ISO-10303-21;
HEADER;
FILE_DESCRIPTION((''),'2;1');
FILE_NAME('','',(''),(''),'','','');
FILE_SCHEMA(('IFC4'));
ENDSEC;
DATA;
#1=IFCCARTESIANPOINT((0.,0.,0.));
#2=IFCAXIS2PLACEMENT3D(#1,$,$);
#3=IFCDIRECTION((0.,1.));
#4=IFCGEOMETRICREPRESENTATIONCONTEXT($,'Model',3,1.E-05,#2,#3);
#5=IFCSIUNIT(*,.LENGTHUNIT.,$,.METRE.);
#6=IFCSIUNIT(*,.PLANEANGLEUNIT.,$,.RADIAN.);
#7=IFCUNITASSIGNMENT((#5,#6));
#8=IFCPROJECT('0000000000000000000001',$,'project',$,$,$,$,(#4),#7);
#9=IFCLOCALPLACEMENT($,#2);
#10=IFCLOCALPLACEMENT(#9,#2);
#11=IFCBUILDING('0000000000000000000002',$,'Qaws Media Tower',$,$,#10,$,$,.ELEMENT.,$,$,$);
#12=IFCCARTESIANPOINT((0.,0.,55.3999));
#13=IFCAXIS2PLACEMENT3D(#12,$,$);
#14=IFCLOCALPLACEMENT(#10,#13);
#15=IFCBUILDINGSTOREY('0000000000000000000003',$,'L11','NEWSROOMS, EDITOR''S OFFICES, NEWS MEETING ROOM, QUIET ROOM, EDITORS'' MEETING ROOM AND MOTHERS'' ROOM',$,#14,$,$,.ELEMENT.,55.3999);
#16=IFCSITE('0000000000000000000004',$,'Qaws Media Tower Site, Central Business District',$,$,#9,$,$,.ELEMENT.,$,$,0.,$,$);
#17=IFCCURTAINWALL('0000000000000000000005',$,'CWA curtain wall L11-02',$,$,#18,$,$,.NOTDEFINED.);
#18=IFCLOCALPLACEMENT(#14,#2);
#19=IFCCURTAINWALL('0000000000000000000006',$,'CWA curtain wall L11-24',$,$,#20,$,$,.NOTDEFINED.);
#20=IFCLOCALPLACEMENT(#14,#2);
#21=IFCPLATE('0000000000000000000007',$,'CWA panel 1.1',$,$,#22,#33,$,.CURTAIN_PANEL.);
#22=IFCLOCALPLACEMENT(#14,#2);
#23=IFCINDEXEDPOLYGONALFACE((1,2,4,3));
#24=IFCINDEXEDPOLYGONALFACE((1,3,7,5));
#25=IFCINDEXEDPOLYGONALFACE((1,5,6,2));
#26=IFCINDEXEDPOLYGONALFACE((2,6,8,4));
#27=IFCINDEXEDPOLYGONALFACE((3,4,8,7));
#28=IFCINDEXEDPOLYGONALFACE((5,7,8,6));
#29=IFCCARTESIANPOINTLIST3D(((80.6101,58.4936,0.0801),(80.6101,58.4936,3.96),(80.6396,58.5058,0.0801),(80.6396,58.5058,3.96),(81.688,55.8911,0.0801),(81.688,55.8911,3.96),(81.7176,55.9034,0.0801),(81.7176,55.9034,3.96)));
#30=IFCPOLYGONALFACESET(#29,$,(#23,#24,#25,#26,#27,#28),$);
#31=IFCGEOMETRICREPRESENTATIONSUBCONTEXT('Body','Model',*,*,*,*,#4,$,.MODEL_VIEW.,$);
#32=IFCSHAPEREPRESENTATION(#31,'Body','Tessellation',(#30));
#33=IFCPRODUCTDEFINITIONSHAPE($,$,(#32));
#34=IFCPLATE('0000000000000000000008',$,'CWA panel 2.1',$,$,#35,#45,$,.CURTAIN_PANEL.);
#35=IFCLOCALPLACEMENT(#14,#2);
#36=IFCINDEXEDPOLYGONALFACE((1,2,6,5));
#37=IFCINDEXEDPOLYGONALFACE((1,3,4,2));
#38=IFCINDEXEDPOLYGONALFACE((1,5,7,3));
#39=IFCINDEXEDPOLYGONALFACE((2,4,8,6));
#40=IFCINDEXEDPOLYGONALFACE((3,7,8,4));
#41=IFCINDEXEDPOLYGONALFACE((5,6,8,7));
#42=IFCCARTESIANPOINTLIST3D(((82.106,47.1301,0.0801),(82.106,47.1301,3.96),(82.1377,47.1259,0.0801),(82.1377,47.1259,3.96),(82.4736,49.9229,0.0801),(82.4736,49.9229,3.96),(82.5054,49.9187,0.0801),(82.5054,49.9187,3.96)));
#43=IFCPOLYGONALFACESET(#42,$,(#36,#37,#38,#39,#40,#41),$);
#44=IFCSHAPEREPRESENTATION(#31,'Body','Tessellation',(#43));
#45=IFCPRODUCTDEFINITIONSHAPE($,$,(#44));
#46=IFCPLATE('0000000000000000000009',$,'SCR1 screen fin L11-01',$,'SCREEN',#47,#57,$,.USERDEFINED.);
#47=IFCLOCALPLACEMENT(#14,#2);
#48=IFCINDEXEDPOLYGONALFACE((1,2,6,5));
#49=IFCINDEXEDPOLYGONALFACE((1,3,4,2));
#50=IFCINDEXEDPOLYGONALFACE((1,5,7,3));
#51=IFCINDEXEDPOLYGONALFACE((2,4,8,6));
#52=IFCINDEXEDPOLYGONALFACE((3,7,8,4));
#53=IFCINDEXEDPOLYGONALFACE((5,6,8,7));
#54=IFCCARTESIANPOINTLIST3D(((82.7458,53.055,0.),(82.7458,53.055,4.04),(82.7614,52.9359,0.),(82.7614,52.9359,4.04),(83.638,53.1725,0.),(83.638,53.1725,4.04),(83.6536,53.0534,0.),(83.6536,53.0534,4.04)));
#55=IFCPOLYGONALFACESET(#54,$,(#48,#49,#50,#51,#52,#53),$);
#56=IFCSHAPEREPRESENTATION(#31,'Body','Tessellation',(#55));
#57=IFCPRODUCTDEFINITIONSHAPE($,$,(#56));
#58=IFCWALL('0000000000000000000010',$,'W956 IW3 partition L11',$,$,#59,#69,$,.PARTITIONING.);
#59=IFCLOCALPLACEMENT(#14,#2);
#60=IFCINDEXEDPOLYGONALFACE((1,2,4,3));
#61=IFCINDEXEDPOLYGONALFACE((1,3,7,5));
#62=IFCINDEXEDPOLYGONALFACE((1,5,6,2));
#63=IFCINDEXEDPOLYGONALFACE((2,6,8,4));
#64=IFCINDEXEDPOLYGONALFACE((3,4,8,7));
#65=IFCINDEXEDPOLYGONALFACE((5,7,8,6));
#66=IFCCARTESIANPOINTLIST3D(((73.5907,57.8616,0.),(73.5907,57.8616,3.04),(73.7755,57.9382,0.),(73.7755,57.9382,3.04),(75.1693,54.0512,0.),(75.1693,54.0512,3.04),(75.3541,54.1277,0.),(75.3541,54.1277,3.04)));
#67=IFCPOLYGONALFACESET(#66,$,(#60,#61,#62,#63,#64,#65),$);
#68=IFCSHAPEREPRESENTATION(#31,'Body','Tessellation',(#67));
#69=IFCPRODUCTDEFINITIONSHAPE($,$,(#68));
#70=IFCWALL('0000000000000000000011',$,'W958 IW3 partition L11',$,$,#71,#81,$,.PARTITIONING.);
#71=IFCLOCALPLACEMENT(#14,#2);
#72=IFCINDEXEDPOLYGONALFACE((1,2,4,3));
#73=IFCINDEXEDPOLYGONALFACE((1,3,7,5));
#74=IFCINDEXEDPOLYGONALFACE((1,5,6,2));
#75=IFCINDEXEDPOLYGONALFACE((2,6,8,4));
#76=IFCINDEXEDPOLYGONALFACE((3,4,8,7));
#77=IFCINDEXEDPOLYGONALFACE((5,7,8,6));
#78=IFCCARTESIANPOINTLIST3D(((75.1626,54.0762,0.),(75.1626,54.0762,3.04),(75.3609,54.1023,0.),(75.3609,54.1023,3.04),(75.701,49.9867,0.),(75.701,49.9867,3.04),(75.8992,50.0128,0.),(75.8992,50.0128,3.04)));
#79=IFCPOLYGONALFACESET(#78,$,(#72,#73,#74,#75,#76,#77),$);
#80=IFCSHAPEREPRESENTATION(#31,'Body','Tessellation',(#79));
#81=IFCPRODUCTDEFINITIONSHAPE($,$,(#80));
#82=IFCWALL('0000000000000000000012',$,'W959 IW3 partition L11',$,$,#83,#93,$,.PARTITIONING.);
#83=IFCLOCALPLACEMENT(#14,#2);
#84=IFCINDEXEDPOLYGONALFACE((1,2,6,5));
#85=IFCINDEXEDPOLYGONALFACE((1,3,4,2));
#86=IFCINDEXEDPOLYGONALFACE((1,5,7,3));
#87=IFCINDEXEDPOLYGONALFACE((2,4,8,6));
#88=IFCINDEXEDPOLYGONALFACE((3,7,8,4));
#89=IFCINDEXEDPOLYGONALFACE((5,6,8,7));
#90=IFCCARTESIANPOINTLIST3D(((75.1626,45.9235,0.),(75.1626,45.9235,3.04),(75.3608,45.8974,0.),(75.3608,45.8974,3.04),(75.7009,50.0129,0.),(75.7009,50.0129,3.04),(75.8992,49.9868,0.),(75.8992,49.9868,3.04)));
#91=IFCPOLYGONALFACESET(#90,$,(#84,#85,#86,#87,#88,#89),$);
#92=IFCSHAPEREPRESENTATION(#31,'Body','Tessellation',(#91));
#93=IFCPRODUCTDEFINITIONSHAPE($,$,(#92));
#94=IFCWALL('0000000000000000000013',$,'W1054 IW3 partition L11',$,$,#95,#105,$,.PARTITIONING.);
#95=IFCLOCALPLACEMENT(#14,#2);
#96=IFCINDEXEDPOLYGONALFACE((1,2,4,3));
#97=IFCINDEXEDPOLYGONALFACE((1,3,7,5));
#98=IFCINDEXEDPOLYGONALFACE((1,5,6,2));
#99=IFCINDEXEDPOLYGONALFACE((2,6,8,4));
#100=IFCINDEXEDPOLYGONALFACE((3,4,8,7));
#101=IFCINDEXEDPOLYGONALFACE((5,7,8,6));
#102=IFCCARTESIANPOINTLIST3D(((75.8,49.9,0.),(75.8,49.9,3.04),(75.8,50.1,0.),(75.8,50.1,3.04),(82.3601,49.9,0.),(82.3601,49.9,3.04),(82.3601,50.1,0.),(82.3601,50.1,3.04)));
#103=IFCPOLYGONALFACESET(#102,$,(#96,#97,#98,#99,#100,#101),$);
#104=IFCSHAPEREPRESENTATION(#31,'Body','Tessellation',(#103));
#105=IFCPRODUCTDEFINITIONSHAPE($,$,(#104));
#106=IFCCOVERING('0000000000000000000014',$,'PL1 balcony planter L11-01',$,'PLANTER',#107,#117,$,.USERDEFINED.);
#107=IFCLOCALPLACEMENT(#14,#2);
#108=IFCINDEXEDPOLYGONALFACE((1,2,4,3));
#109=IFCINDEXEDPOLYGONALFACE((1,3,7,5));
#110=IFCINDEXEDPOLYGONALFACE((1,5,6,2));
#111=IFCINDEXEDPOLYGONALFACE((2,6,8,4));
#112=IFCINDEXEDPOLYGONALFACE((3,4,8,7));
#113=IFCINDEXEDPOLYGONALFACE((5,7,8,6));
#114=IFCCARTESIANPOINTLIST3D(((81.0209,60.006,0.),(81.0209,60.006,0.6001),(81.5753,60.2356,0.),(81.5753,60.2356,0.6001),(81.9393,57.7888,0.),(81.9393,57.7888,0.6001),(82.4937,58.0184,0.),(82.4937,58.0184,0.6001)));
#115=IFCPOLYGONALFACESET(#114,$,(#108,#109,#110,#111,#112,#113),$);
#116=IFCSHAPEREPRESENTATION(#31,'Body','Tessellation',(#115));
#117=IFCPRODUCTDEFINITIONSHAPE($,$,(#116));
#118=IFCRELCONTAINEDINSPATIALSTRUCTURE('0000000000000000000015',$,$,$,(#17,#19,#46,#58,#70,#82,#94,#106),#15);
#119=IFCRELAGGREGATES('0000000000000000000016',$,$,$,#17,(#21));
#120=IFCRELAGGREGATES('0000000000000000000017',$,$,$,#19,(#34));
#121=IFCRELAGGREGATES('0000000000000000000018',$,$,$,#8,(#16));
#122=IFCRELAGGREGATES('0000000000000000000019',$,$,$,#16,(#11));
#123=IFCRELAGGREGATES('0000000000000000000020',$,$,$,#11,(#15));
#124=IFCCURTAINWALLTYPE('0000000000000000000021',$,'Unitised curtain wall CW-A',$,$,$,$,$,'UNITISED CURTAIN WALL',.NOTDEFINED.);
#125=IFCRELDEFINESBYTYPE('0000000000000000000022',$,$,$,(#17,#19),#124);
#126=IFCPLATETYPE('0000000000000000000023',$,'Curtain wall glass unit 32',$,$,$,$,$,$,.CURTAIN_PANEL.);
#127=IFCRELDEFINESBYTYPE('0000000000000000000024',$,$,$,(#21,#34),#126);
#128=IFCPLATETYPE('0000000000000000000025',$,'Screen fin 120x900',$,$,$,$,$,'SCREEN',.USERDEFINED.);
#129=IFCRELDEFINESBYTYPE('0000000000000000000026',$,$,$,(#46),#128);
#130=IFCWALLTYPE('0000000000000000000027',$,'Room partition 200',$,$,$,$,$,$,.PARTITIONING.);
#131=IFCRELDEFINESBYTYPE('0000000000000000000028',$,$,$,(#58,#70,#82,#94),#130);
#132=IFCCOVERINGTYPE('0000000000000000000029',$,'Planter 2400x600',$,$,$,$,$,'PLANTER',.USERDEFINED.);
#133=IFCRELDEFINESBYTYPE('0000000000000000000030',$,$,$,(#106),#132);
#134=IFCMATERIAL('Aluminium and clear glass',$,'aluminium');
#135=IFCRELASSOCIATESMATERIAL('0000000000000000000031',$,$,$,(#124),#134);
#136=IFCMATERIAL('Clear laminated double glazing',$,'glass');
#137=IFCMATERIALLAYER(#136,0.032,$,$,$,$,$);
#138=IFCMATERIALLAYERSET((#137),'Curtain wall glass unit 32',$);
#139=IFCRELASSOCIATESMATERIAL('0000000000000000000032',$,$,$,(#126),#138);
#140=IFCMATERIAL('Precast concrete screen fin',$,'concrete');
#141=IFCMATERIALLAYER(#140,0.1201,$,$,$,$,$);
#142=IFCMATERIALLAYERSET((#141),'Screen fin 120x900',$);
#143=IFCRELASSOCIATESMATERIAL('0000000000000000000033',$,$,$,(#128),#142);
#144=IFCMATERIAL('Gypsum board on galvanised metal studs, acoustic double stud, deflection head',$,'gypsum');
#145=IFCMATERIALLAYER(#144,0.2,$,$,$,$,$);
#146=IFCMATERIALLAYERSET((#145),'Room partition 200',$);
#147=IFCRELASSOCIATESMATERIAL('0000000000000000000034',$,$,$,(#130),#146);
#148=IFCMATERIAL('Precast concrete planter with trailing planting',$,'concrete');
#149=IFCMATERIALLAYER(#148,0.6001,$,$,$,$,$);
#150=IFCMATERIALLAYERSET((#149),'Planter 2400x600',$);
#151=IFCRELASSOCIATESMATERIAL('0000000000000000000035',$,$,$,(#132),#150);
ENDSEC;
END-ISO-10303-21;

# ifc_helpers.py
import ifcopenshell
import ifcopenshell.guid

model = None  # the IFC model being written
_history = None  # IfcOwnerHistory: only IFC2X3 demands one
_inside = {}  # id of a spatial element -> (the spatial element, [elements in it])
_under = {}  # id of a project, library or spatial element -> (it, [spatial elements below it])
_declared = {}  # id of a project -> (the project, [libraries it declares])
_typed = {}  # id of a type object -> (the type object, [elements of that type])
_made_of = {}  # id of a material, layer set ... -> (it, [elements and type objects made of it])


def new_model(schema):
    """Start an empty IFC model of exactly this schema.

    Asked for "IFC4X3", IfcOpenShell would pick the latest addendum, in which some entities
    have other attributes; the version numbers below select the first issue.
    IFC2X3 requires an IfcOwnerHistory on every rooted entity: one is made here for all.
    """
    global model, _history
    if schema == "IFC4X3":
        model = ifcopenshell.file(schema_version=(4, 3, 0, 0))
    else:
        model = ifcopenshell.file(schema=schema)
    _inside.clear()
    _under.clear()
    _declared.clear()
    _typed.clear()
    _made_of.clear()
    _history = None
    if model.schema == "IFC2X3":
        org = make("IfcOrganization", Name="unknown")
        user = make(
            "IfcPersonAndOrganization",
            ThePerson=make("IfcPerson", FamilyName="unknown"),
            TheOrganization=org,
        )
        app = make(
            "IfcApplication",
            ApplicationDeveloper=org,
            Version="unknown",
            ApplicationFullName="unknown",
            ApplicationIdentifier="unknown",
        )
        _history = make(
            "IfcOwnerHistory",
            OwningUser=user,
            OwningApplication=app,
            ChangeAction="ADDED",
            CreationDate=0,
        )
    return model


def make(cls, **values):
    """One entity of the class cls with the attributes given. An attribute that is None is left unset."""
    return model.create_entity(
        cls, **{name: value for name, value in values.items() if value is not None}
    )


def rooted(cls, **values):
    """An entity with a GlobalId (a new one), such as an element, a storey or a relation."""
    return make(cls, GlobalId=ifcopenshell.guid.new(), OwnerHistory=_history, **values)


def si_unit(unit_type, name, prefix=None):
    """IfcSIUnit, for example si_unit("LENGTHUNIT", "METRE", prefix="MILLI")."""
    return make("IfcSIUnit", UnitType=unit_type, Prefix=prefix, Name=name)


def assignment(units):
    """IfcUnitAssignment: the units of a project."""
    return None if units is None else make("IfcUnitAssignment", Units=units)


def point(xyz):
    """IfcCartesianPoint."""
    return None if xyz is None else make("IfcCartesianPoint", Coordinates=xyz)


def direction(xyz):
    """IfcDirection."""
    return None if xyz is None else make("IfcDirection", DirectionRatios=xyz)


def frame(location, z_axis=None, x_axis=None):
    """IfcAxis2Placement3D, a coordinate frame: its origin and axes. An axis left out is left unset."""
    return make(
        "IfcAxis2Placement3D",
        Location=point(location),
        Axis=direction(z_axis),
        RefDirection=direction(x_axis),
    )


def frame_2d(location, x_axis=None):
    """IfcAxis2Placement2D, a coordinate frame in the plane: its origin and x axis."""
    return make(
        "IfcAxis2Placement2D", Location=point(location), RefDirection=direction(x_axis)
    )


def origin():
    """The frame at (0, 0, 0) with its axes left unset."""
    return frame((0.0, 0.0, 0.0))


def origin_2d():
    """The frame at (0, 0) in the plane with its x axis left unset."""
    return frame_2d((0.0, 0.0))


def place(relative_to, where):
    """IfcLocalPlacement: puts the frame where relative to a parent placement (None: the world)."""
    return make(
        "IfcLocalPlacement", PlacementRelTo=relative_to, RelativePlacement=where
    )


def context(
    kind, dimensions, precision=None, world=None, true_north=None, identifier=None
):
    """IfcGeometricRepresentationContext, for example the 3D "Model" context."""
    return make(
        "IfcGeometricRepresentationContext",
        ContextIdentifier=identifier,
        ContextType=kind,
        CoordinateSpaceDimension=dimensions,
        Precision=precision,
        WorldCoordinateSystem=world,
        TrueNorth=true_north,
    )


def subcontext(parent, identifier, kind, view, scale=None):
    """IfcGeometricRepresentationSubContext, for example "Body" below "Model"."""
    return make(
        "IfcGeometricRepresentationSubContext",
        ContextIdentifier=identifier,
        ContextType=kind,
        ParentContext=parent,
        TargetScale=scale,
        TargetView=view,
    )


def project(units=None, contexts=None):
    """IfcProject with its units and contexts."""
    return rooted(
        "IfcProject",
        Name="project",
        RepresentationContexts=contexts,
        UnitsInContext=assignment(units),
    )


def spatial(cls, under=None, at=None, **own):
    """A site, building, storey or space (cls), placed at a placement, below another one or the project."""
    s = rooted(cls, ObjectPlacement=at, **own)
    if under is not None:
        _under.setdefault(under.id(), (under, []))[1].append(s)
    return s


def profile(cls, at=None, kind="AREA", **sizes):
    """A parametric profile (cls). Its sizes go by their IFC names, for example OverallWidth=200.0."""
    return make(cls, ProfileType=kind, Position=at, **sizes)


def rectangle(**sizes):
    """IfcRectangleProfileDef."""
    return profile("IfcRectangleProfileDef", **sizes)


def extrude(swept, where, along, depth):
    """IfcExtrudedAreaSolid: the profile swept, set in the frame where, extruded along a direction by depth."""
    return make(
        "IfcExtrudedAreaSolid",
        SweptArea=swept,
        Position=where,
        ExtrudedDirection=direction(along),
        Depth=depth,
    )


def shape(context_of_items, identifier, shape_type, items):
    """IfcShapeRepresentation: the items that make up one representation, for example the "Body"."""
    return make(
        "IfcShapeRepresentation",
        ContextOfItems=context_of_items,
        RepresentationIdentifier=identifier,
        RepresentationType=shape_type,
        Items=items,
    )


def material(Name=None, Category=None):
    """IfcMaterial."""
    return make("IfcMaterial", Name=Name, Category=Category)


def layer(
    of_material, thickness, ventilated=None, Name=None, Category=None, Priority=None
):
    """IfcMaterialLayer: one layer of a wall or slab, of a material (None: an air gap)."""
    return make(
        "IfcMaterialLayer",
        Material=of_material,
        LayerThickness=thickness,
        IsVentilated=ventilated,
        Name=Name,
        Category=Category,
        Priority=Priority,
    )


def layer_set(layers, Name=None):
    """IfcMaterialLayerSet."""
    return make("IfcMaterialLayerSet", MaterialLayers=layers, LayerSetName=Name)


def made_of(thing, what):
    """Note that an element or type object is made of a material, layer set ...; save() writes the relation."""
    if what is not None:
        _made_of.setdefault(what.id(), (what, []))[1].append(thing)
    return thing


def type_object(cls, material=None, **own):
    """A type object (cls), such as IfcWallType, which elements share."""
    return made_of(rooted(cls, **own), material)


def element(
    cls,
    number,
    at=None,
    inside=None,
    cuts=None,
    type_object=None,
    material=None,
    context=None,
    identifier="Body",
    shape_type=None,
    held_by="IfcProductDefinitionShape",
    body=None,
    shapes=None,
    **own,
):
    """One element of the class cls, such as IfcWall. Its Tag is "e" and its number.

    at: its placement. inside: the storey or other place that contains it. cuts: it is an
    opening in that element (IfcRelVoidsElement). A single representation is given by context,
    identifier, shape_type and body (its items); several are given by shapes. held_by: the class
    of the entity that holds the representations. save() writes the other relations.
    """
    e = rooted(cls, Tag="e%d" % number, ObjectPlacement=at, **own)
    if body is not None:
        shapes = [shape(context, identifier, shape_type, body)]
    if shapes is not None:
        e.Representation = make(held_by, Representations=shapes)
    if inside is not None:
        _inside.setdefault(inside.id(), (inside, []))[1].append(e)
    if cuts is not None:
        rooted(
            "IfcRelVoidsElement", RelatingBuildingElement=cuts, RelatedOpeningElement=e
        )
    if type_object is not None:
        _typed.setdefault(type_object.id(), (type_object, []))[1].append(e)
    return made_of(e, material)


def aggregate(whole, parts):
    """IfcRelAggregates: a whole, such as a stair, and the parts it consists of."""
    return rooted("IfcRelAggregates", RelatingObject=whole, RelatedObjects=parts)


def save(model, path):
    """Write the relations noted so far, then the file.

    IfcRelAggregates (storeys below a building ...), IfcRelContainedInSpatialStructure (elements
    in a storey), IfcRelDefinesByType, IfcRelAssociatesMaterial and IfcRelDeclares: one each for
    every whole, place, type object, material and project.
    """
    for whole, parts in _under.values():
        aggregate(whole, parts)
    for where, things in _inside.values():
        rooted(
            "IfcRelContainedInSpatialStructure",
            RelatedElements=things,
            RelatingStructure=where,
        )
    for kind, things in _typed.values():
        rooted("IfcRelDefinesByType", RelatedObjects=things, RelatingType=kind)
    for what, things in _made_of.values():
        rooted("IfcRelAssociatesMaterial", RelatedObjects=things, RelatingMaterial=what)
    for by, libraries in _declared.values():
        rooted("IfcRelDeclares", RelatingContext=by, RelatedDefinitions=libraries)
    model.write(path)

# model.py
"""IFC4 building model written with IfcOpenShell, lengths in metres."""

from ifc_helpers import new_model, si_unit, direction, frame, frame_2d, origin, origin_2d, place, context, subcontext, project, spatial, rectangle, extrude, material, layer, layer_set, type_object, element, aggregate, save


model = new_model("IFC4")

# Units and contexts
model_context = context("Model", 3, precision=1e-05, world=origin(), true_north=direction((0.0, 1.0)))
body_context = subcontext(model_context, "Body", "Model", "MODEL_VIEW")
ifc_project = project(units=[si_unit("LENGTHUNIT", "METRE"), si_unit("PLANEANGLEUNIT", "RADIAN")], contexts=[model_context])

# Site, building, storey
site_placement = place(None, origin())
site = spatial("IfcSite", under=ifc_project, at=site_placement, Name="Qaws Media Tower Site, Central Business District", CompositionType="ELEMENT", RefElevation=0.0)
building_placement = place(site_placement, origin())
building = spatial("IfcBuilding", under=site, at=building_placement, Name="Qaws Media Tower", CompositionType="ELEMENT")
storey_placement = place(building_placement, frame((0.0, 0.0, 55.3999)))
storey = spatial("IfcBuildingStorey", under=building, at=storey_placement, Name="L11", Description="NEWSROOMS, EDITOR'S OFFICES, NEWS MEETING ROOM, QUIET ROOM, EDITORS' MEETING ROOM AND MOTHERS' ROOM", CompositionType="ELEMENT", Elevation=55.3999)

# Curtain wall
ifc_material_1 = material(Name="Aluminium and clear glass", Category="aluminium")
curtain_wall_type = type_object("IfcCurtainWallType", Name="Unitised curtain wall CW-A", ElementType="UNITISED CURTAIN WALL", PredefinedType="NOTDEFINED", material=ifc_material_1)
curtain_wall_1_placement = place(storey_placement, origin())
curtain_wall_1 = element("IfcCurtainWall", 1, at=curtain_wall_1_placement, inside=storey, type_object=curtain_wall_type, Name="CWA curtain wall L11-02", PredefinedType="NOTDEFINED")

# Curtain wall
curtain_wall_2_placement = place(storey_placement, origin())
curtain_wall_2 = element("IfcCurtainWall", 2, at=curtain_wall_2_placement, inside=storey, type_object=curtain_wall_type, Name="CWA curtain wall L11-24", PredefinedType="NOTDEFINED")

# Plates
ifc_material_2 = material(Name="Clear laminated double glazing", Category="glass")
ifc_layer_1 = layer(ifc_material_2, 0.032)
ifc_layer_set_1 = layer_set([ifc_layer_1], Name="Curtain wall glass unit 32")
plate_type_1 = type_object("IfcPlateType", Name="Curtain wall glass unit 32", PredefinedType="CURTAIN_PANEL", material=ifc_layer_set_1)
plate_1_placement = place(storey_placement, frame((81.1638, 57.1985, 0.0801), z_axis=(0.0, 0.0, 1.0), x_axis=(-0.382683, 0.92388, 0.0)))
plate_1 = element("IfcPlate", 3, at=plate_1_placement, type_object=plate_type_1, Name="CWA panel 1.1", PredefinedType="CURTAIN_PANEL", context=body_context, shape_type="SweptSolid", body=[
    extrude(rectangle(XDim=2.8169, YDim=0.032, at=origin_2d()), origin(), (0.0, 0.0, 1.0), 3.8799),
])
aggregate(curtain_wall_1, [plate_1])
plate_2_placement = place(storey_placement, frame((82.3057, 48.5244, 0.0801), z_axis=(0.0, 0.0, 1.0), x_axis=(0.130526, 0.991445, 0.0)))
plate_2 = element("IfcPlate", 4, at=plate_2_placement, type_object=plate_type_1, Name="CWA panel 2.1", PredefinedType="CURTAIN_PANEL", context=body_context, shape_type="SweptSolid", body=[
    extrude(rectangle(XDim=2.8169, YDim=0.032, at=origin_2d()), origin(), (0.0, 0.0, 1.0), 3.8799),
])
aggregate(curtain_wall_2, [plate_2])
ifc_material_3 = material(Name="Precast concrete screen fin", Category="concrete")
ifc_layer_2 = layer(ifc_material_3, 0.1201)
ifc_layer_set_2 = layer_set([ifc_layer_2], Name="Screen fin 120x900")
plate_type_2 = type_object("IfcPlateType", Name="Screen fin 120x900", ElementType="SCREEN", PredefinedType="USERDEFINED", material=ifc_layer_set_2)
plate_3_placement = place(storey_placement, frame((83.1997, 53.0542, 0.0), z_axis=(0.0, 0.0, 1.0), x_axis=(0.991445, 0.130526, 0.0)))
element("IfcPlate", 5, at=plate_3_placement, inside=storey, type_object=plate_type_2, Name="SCR1 screen fin L11-01", ObjectType="SCREEN", PredefinedType="USERDEFINED", context=body_context, shape_type="SweptSolid", body=[
    extrude(rectangle(XDim=0.8999, YDim=0.1201, at=origin_2d()), origin(), (0.0, 0.0, 1.0), 4.04),
])

# Walls
ifc_material_4 = material(Name="Gypsum board on galvanised metal studs, acoustic double stud, deflection head", Category="gypsum")
ifc_layer_3 = layer(ifc_material_4, 0.2)
ifc_layer_set_3 = layer_set([ifc_layer_3], Name="Room partition 200")
wall_type_1 = type_object("IfcWallType", Name="Room partition 200", PredefinedType="PARTITIONING", material=ifc_layer_set_3)
wall_1_placement = place(storey_placement, frame((73.6831, 57.8999, 0.0), z_axis=(0.0, 0.0, 1.0), x_axis=(0.382732, -0.92386, 0.0)))
element("IfcWall", 6, at=wall_1_placement, inside=storey, type_object=wall_type_1, Name="W956 IW3 partition L11", PredefinedType="PARTITIONING", context=body_context, shape_type="SweptSolid", body=[
    extrude(rectangle(XDim=4.1245, YDim=0.2, at=frame_2d((2.0623, 0.0))), origin(), (0.0, 0.0, 1.0), 3.04),
])
for number, where, z_axis, x_axis, name in (
    (7, (75.2617, 54.0894, 0.0), (0.0, 0.0, 1.0), (0.130516, -0.991446, 0.0), "W958 IW3 partition L11"),
    (8, (75.8, 50.0, 0.0), (0.0, 0.0, 1.0), (-0.130516, -0.991446, 0.0), "W959 IW3 partition L11"),
):
    element("IfcWall", number, at=place(storey_placement, frame(where, z_axis=z_axis, x_axis=x_axis)), inside=storey, type_object=wall_type_1, Name=name, PredefinedType="PARTITIONING", context=body_context, shape_type="SweptSolid", body=[
        extrude(rectangle(XDim=4.1248, YDim=0.2, at=frame_2d((2.0625, 0.0))), origin(), (0.0, 0.0, 1.0), 3.04),
    ])
wall_2_placement = place(storey_placement, frame((75.8, 50.0, 0.0), z_axis=(0.0, 0.0, 1.0), x_axis=(1.0, 0.0, 0.0)))
element("IfcWall", 9, at=wall_2_placement, inside=storey, type_object=wall_type_1, Name="W1054 IW3 partition L11", PredefinedType="PARTITIONING", context=body_context, shape_type="SweptSolid", body=[
    extrude(rectangle(XDim=6.5601, YDim=0.2, at=frame_2d((3.28, 0.0))), origin(), (0.0, 0.0, 1.0), 3.04),
])

# Covering
ifc_material_5 = material(Name="Precast concrete planter with trailing planting", Category="concrete")
ifc_layer_4 = layer(ifc_material_5, 0.6001)
ifc_layer_set_4 = layer_set([ifc_layer_4], Name="Planter 2400x600")
covering_type = type_object("IfcCoveringType", Name="Planter 2400x600", ElementType="PLANTER", PredefinedType="USERDEFINED", material=ifc_layer_set_4)
covering_placement = place(storey_placement, frame((81.7573, 59.0122, 0.0), z_axis=(0.0, 0.0, 1.0), x_axis=(-0.382683, 0.92388, 0.0)))
element("IfcCovering", 10, at=covering_placement, inside=storey, type_object=covering_type, Name="PL1 balcony planter L11-01", ObjectType="PLANTER", PredefinedType="USERDEFINED", context=body_context, shape_type="SweptSolid", body=[
    extrude(rectangle(XDim=2.3999, YDim=0.6001, at=origin_2d()), origin(), (0.0, 0.0, 1.0), 0.6001),
])

save(model, "model.ifc")
